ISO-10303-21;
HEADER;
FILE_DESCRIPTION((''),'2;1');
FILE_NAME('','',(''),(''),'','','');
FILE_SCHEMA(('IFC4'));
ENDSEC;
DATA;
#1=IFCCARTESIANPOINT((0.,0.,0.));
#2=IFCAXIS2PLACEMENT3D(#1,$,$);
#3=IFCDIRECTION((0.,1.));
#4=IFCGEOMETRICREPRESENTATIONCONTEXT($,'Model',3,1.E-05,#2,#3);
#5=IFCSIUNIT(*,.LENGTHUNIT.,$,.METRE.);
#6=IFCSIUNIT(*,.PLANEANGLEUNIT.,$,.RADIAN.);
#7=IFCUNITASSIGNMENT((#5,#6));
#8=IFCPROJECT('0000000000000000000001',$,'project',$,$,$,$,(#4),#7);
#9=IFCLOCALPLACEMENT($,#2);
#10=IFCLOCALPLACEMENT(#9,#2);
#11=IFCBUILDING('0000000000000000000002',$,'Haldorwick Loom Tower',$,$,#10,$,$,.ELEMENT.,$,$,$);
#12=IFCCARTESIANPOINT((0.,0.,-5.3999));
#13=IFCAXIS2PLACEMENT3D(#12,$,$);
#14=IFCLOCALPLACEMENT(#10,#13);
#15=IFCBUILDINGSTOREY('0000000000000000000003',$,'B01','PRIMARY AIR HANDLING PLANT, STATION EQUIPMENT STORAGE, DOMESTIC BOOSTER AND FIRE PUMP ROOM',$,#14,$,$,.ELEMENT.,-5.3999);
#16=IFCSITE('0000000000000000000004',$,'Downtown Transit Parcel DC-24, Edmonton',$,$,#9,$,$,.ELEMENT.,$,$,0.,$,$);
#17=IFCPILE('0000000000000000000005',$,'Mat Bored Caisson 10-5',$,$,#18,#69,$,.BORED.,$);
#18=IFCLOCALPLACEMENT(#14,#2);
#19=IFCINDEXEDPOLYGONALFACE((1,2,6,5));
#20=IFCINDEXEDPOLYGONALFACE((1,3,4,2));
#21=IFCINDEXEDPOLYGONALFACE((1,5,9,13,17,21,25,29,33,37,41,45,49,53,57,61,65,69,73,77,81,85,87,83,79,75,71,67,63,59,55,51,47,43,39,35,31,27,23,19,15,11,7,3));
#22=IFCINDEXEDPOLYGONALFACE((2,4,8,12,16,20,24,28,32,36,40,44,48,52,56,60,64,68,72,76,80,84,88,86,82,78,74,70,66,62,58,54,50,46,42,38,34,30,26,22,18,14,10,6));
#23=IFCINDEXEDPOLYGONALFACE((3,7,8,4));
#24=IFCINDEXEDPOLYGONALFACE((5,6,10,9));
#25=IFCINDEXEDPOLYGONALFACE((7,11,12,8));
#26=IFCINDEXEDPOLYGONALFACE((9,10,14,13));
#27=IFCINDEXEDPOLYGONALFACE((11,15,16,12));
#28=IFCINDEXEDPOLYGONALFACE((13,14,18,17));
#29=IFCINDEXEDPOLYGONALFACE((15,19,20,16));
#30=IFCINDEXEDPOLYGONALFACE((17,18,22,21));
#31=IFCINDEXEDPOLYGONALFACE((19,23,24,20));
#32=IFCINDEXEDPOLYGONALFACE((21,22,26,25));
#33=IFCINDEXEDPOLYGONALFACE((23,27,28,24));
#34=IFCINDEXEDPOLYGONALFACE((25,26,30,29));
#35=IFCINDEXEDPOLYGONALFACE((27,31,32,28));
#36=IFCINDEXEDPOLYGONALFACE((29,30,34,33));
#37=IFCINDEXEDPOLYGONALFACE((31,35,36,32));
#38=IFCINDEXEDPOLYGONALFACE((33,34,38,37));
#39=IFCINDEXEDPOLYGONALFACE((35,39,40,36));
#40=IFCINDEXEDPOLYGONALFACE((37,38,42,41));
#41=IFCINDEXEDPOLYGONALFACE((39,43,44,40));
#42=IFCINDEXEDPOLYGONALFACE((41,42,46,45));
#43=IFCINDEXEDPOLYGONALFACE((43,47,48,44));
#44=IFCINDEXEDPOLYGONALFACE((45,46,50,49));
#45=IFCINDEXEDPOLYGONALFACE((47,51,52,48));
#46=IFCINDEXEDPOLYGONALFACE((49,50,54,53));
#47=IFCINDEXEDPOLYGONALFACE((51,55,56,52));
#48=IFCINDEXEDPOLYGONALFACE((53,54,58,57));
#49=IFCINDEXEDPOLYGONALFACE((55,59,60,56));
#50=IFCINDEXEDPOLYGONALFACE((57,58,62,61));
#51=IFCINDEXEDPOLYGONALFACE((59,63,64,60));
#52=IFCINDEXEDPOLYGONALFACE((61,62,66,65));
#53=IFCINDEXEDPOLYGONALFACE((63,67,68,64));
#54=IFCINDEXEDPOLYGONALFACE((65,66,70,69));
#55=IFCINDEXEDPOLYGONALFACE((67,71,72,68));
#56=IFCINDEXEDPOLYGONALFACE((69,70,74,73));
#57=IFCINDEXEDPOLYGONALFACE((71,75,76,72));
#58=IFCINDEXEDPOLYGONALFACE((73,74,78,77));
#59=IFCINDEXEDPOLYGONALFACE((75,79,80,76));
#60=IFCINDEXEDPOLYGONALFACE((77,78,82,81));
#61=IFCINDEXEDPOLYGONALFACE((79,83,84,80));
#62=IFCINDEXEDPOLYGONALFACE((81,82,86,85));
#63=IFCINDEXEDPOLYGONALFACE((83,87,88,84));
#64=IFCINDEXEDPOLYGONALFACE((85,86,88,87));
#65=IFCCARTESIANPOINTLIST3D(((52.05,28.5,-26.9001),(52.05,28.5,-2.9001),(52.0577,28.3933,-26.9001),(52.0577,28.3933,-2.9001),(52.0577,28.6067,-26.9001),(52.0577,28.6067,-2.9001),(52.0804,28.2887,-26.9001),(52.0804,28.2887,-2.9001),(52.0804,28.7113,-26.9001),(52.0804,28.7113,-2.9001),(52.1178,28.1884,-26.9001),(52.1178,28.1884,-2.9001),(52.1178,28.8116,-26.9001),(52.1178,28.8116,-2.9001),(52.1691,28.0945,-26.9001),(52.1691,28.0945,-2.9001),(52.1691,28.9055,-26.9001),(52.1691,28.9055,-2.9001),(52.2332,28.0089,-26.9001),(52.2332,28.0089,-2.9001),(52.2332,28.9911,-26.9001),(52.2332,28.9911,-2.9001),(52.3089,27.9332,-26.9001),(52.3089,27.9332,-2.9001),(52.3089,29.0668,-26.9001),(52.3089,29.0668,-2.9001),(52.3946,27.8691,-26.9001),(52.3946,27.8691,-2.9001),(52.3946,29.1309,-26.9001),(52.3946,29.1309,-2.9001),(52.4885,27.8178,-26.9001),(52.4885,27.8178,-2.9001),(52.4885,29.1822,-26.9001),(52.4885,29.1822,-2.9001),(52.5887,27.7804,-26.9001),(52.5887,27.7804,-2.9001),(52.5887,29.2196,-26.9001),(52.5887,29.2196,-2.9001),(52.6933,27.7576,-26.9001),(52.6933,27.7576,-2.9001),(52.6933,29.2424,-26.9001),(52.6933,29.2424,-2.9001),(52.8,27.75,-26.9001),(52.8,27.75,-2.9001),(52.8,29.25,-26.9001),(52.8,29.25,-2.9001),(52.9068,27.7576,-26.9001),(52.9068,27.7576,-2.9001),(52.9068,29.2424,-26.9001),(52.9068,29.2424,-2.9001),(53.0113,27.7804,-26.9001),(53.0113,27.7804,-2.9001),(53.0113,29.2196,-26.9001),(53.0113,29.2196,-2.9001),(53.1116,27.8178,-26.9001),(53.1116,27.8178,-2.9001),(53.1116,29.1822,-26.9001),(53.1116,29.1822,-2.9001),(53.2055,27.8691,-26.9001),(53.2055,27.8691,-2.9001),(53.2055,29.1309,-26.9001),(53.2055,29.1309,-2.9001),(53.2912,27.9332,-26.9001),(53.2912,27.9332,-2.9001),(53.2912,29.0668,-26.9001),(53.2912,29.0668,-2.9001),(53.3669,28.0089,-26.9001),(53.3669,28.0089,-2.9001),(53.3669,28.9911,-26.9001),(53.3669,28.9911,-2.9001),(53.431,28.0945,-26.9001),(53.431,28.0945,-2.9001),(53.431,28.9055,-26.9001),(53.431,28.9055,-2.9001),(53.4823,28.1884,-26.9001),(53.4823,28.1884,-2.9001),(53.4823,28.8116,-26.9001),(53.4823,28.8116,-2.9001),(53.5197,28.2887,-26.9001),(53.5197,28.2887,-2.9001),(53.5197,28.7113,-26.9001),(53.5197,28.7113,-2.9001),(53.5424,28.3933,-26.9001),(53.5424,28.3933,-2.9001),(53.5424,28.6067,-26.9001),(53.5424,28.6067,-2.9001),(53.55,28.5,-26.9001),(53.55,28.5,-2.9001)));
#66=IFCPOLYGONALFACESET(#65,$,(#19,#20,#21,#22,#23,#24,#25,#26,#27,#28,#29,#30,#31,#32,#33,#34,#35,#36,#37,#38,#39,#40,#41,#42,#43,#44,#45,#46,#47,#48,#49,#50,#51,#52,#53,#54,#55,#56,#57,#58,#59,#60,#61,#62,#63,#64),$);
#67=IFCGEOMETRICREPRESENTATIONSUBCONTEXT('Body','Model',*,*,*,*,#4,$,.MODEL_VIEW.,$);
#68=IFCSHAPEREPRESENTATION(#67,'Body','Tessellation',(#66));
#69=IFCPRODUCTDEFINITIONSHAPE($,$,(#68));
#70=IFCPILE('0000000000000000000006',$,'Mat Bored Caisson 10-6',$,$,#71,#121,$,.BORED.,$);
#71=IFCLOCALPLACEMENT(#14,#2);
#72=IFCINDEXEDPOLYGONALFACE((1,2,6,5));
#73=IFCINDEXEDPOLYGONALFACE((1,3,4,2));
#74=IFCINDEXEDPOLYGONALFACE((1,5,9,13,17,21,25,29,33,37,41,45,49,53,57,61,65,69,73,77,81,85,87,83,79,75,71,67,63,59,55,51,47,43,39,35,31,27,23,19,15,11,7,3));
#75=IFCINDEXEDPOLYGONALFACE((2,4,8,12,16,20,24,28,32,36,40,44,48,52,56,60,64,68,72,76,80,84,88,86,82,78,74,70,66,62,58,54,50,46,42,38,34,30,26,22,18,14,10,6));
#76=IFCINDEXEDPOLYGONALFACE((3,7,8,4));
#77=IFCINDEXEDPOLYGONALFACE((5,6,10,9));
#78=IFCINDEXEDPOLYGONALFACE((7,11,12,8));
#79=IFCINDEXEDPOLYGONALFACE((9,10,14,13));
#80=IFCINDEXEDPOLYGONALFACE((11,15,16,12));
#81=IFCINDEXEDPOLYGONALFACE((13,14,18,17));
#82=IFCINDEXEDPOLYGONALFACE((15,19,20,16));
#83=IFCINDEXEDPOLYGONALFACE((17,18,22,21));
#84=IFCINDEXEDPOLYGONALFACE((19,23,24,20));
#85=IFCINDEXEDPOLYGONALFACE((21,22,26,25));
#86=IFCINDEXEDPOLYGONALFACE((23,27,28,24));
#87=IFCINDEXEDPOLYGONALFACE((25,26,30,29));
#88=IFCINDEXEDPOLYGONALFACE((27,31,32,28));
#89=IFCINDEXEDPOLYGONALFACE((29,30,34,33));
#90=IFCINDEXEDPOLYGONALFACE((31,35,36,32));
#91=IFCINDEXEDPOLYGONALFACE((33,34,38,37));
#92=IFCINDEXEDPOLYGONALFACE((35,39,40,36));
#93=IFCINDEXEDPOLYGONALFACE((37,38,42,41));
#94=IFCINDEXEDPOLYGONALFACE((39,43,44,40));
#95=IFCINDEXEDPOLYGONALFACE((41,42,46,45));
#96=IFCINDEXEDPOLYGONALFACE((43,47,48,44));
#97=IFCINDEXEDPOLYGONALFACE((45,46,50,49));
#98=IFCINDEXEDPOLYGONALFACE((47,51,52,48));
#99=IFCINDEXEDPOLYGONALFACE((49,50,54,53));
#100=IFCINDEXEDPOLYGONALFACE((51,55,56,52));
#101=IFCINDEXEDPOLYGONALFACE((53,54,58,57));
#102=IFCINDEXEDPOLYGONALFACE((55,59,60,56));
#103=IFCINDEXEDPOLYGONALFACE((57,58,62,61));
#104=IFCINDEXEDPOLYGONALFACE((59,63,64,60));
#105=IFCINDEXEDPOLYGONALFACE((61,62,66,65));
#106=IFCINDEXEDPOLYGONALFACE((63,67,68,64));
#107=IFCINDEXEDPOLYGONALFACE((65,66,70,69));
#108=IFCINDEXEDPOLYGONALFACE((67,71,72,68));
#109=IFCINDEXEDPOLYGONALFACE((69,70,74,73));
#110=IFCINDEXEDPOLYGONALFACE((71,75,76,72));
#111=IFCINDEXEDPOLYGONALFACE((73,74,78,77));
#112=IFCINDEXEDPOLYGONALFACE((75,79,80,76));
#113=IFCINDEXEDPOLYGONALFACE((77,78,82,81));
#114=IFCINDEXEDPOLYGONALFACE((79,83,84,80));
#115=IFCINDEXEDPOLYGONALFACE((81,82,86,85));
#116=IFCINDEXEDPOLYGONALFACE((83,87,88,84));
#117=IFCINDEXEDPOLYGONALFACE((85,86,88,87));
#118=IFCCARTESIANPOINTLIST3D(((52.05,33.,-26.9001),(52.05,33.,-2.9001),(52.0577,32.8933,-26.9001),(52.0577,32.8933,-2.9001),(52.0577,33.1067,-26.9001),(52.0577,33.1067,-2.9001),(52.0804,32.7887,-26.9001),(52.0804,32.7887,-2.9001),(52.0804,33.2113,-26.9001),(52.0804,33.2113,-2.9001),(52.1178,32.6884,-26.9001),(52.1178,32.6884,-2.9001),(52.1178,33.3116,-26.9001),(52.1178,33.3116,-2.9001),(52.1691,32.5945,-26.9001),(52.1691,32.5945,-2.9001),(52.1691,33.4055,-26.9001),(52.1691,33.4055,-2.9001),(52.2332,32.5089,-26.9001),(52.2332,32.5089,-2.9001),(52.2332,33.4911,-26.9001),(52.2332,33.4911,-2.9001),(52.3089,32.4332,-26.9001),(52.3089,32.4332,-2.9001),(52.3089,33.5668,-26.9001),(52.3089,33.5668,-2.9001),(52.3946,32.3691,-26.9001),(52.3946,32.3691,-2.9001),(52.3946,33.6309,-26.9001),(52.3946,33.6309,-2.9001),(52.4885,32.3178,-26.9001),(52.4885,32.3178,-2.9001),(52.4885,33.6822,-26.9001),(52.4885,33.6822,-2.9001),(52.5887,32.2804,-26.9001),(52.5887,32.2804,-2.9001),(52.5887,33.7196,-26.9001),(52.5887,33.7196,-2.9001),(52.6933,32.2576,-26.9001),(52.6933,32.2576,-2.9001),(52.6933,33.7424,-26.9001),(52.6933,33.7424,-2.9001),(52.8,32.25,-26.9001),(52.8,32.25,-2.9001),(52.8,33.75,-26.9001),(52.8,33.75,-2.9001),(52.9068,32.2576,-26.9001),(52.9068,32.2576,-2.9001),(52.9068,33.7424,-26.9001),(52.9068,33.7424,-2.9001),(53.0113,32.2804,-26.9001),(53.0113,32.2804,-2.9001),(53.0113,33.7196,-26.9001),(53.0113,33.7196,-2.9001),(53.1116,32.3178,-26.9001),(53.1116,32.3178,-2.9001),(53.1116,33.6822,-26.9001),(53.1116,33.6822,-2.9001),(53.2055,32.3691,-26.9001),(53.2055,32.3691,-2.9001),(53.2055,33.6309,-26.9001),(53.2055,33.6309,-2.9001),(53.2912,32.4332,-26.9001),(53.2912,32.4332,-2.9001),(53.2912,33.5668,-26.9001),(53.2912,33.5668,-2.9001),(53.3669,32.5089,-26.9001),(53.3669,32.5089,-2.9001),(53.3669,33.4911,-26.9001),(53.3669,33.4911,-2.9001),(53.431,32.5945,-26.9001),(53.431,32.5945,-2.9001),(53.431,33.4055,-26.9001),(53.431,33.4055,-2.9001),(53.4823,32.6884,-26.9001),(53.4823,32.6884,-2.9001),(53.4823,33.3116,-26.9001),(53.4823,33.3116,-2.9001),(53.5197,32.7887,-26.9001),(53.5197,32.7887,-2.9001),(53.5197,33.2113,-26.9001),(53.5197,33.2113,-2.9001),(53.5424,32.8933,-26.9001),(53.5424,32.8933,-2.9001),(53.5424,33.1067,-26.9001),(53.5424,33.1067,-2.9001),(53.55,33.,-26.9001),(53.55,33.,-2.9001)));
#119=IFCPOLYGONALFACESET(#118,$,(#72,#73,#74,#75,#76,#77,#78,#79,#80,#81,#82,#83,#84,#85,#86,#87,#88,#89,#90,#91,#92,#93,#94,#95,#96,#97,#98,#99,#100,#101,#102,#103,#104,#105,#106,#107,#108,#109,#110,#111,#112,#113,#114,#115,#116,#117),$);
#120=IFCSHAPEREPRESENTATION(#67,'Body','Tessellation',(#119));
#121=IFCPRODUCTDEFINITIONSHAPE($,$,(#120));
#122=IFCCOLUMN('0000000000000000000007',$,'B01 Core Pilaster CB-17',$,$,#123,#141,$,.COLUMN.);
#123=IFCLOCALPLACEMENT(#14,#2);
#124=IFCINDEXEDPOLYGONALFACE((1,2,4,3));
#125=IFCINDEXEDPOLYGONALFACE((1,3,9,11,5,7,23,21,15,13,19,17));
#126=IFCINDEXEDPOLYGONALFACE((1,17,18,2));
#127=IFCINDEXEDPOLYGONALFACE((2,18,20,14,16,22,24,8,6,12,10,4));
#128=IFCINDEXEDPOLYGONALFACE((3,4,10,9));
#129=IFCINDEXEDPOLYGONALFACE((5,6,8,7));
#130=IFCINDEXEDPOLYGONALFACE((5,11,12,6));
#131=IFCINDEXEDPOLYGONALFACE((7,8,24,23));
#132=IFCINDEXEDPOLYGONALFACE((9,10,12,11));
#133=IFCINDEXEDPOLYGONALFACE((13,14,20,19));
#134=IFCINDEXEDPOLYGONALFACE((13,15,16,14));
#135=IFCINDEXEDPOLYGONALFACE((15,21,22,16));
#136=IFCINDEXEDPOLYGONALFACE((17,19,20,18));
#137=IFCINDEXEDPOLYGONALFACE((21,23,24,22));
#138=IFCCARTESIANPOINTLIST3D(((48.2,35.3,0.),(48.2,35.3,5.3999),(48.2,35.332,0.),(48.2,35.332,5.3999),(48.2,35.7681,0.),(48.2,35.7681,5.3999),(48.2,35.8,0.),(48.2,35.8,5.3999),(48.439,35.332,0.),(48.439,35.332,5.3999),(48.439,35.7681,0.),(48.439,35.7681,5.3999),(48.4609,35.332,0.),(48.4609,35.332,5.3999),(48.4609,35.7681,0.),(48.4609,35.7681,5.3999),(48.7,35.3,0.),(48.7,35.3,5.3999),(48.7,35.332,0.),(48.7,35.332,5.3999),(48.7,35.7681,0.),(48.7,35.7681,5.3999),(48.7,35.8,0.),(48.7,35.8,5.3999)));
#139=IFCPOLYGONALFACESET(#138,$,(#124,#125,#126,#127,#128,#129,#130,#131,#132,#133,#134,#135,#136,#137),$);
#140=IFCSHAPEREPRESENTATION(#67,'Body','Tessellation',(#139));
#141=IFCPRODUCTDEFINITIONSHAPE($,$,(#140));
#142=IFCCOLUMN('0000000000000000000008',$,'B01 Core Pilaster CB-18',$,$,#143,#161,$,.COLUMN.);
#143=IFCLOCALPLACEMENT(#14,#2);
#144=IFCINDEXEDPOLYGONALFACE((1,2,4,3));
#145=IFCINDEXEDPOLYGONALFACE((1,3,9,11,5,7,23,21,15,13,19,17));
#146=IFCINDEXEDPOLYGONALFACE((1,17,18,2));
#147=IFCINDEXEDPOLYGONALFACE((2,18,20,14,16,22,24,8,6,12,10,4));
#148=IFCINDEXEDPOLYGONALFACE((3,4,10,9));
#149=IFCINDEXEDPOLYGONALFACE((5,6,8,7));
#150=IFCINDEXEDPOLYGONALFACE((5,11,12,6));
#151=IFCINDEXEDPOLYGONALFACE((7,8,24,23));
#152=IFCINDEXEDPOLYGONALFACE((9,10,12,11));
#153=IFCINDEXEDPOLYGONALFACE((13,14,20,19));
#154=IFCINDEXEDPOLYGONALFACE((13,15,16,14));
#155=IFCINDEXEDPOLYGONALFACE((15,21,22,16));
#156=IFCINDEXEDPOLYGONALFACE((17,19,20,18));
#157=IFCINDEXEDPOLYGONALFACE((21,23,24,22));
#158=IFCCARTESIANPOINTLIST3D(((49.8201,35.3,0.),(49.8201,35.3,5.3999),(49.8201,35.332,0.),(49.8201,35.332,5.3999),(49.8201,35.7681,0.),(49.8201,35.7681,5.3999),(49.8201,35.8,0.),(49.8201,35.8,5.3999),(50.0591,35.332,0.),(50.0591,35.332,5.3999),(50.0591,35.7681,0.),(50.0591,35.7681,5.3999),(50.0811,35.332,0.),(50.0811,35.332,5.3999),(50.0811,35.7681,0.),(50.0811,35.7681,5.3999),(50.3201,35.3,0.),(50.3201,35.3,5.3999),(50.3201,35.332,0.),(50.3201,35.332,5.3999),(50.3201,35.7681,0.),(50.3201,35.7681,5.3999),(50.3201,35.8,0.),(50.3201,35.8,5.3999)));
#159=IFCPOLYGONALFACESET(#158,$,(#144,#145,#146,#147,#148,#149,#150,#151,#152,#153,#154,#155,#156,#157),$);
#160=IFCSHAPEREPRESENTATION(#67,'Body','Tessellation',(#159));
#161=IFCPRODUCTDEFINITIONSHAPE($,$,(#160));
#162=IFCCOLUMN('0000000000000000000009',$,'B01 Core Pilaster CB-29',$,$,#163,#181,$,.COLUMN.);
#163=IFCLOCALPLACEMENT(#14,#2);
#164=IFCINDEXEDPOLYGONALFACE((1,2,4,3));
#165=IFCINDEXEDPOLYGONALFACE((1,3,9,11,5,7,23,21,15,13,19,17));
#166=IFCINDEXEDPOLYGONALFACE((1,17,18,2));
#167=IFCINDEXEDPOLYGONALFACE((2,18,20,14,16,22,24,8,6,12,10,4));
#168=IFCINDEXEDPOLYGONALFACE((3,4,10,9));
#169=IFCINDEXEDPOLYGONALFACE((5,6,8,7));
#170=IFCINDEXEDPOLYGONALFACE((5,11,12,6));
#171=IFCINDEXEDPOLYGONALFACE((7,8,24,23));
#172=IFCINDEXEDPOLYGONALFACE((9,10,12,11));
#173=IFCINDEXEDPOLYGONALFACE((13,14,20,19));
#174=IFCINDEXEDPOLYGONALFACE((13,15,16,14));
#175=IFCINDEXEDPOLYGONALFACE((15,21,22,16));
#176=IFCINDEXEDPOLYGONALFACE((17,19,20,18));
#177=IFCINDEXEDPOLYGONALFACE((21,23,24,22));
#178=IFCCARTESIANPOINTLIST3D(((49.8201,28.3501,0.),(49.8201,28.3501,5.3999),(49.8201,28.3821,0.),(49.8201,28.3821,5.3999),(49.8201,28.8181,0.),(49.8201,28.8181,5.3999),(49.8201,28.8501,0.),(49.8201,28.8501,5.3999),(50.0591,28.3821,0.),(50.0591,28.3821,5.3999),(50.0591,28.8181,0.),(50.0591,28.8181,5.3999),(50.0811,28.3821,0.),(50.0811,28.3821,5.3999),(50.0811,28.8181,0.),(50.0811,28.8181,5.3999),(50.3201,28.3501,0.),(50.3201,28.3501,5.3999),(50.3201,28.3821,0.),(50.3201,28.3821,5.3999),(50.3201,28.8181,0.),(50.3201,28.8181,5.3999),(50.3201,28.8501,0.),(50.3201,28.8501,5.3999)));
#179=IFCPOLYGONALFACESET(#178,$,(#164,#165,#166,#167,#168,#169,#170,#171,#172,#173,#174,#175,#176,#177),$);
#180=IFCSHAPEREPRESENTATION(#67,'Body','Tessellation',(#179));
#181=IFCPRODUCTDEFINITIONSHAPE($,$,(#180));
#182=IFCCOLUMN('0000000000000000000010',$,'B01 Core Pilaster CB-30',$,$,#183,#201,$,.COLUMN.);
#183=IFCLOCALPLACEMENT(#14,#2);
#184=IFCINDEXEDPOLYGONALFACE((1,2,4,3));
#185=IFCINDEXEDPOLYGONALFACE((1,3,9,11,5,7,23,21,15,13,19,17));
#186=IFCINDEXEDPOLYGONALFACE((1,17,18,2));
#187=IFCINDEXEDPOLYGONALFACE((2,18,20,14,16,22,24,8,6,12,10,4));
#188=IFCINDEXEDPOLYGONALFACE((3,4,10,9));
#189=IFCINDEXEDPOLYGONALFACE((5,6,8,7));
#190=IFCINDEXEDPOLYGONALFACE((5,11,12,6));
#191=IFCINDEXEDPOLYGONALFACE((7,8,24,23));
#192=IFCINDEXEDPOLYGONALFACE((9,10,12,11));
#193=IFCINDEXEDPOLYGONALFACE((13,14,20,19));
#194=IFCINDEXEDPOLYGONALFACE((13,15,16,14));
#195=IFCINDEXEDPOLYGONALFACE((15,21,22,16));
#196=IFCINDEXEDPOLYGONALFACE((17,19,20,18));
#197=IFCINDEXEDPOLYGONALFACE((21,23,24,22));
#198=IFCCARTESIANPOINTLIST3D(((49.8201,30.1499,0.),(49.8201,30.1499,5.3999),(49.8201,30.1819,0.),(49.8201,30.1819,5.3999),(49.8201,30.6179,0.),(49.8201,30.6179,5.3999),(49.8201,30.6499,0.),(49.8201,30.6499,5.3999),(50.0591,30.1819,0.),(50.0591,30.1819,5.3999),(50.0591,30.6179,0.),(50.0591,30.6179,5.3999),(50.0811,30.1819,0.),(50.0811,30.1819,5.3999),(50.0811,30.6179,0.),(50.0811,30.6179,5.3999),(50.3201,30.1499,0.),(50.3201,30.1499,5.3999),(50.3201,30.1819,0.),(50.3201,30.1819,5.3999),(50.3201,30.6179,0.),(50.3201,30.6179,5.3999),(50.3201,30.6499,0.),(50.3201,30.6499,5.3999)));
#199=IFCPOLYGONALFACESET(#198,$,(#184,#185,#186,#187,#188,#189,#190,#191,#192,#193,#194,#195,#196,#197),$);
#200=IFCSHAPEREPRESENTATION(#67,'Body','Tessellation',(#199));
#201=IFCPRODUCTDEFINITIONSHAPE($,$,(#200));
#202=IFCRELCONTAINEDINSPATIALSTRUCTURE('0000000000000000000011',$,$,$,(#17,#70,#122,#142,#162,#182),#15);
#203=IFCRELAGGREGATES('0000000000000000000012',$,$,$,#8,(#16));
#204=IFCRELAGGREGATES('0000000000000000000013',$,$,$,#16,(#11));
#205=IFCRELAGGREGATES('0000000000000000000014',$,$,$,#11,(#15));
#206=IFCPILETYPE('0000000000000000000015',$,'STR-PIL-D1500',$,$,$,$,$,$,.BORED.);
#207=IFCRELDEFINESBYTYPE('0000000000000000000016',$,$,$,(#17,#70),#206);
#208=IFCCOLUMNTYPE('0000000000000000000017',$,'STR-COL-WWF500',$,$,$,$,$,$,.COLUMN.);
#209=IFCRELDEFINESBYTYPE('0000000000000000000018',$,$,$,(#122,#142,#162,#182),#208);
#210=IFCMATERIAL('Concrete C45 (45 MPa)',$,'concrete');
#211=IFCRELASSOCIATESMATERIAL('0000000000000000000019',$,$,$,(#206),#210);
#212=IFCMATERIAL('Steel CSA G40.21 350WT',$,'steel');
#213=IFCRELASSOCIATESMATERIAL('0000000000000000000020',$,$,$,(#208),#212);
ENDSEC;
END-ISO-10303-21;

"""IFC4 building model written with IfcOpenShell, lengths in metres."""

from ifc_helpers import new_model, si_unit, direction, frame, origin, origin_2d, place, context, subcontext, project, spatial, circle, i_section, extrude, material, material_profile, profile_set, type_object, element, save


model = new_model("IFC4")

# Units and contexts
model_context = context("Model", 3, precision=1e-05, world=origin(), true_north=direction((0.0, 1.0)))
body_context = subcontext(model_context, "Body", "Model", "MODEL_VIEW")
ifc_project = project(units=[si_unit("LENGTHUNIT", "METRE"), si_unit("PLANEANGLEUNIT", "RADIAN")], contexts=[model_context])

# Site, building, storey
site_placement = place(None, origin())
site = spatial("IfcSite", under=ifc_project, at=site_placement, Name="Downtown Transit Parcel DC-24, Edmonton", CompositionType="ELEMENT", RefElevation=0.0)
building_placement = place(site_placement, origin())
building = spatial("IfcBuilding", under=site, at=building_placement, Name="Haldorwick Loom Tower", CompositionType="ELEMENT")
storey_placement = place(building_placement, frame((0.0, 0.0, -5.3999)))
storey = spatial("IfcBuildingStorey", under=building, at=storey_placement, Name="B01", Description="PRIMARY AIR HANDLING PLANT, STATION EQUIPMENT STORAGE, DOMESTIC BOOSTER AND FIRE PUMP ROOM", CompositionType="ELEMENT", Elevation=-5.3999)

# Shared definitions
ifc_material_1 = material(Name="Concrete C45 (45 MPa)", Category="concrete")

# Piles
ifc_material_profile_1 = material_profile(ifc_material_1, circle(Radius=0.75, at=origin_2d()), Name="CAISSON_D1500", Category="concrete")
ifc_profile_set_1 = profile_set([ifc_material_profile_1], Name="Concrete C45 (45 MPa)")
pile_type_1 = type_object("IfcPileType", Name="STR-PIL-D1500", PredefinedType="BORED", material=ifc_profile_set_1)
for number, where, z_axis, x_axis, name in (
    (1, (52.8, 28.5, -2.9001), (0.0, 0.0, -1.0), (1.0, 0.0, 0.0), "Mat Bored Caisson 10-5"),
    (2, (52.8, 33.0, -2.9001), (0.0, 0.0, -1.0), (1.0, 0.0, 0.0), "Mat Bored Caisson 10-6"),
):
    element("IfcPile", number, at=place(storey_placement, frame(where, z_axis=z_axis, x_axis=x_axis)), inside=storey, type_object=pile_type_1, Name=name, PredefinedType="BORED", context=body_context, shape_type="SweptSolid", body=[
        extrude(circle(Radius=0.75, at=origin_2d()), origin(), (0.0, 0.0, 1.0), 24.0),
    ])

# Columns
ifc_material_2 = material(Name="Steel CSA G40.21 350WT", Category="steel")
ifc_material_profile_2 = material_profile(ifc_material_2, i_section(OverallWidth=0.5, OverallDepth=0.5, WebThickness=0.022, FlangeThickness=0.032, at=origin_2d()), Name="WWF500X500", Category="steel")
ifc_profile_set_2 = profile_set([ifc_material_profile_2], Name="Steel CSA G40.21 350WT")
column_type = type_object("IfcColumnType", Name="STR-COL-WWF500", PredefinedType="COLUMN", material=ifc_profile_set_2)
for number, where, z_axis, x_axis, name in (
    (3, (48.45, 35.55, 0.0), (0.0, 0.0, 1.0), (1.0, 0.0, 0.0), "B01 Core Pilaster CB-17"),
    (4, (50.0701, 35.55, 0.0), (0.0, 0.0, 1.0), (1.0, 0.0, 0.0), "B01 Core Pilaster CB-18"),
    (5, (50.0701, 28.6001, 0.0), (0.0, 0.0, 1.0), (1.0, 0.0, 0.0), "B01 Core Pilaster CB-29"),
    (6, (50.0701, 30.3999, 0.0), (0.0, 0.0, 1.0), (1.0, 0.0, 0.0), "B01 Core Pilaster CB-30"),
):
    element("IfcColumn", number, at=place(storey_placement, frame(where, z_axis=z_axis, x_axis=x_axis)), inside=storey, type_object=column_type, Name=name, PredefinedType="COLUMN", context=body_context, shape_type="SweptSolid", body=[
        extrude(i_section(OverallWidth=0.5, OverallDepth=0.5, WebThickness=0.022, FlangeThickness=0.032, at=origin_2d()), origin(), (0.0, 0.0, 1.0), 5.3999),
    ])

save(model, "model.ifc")
